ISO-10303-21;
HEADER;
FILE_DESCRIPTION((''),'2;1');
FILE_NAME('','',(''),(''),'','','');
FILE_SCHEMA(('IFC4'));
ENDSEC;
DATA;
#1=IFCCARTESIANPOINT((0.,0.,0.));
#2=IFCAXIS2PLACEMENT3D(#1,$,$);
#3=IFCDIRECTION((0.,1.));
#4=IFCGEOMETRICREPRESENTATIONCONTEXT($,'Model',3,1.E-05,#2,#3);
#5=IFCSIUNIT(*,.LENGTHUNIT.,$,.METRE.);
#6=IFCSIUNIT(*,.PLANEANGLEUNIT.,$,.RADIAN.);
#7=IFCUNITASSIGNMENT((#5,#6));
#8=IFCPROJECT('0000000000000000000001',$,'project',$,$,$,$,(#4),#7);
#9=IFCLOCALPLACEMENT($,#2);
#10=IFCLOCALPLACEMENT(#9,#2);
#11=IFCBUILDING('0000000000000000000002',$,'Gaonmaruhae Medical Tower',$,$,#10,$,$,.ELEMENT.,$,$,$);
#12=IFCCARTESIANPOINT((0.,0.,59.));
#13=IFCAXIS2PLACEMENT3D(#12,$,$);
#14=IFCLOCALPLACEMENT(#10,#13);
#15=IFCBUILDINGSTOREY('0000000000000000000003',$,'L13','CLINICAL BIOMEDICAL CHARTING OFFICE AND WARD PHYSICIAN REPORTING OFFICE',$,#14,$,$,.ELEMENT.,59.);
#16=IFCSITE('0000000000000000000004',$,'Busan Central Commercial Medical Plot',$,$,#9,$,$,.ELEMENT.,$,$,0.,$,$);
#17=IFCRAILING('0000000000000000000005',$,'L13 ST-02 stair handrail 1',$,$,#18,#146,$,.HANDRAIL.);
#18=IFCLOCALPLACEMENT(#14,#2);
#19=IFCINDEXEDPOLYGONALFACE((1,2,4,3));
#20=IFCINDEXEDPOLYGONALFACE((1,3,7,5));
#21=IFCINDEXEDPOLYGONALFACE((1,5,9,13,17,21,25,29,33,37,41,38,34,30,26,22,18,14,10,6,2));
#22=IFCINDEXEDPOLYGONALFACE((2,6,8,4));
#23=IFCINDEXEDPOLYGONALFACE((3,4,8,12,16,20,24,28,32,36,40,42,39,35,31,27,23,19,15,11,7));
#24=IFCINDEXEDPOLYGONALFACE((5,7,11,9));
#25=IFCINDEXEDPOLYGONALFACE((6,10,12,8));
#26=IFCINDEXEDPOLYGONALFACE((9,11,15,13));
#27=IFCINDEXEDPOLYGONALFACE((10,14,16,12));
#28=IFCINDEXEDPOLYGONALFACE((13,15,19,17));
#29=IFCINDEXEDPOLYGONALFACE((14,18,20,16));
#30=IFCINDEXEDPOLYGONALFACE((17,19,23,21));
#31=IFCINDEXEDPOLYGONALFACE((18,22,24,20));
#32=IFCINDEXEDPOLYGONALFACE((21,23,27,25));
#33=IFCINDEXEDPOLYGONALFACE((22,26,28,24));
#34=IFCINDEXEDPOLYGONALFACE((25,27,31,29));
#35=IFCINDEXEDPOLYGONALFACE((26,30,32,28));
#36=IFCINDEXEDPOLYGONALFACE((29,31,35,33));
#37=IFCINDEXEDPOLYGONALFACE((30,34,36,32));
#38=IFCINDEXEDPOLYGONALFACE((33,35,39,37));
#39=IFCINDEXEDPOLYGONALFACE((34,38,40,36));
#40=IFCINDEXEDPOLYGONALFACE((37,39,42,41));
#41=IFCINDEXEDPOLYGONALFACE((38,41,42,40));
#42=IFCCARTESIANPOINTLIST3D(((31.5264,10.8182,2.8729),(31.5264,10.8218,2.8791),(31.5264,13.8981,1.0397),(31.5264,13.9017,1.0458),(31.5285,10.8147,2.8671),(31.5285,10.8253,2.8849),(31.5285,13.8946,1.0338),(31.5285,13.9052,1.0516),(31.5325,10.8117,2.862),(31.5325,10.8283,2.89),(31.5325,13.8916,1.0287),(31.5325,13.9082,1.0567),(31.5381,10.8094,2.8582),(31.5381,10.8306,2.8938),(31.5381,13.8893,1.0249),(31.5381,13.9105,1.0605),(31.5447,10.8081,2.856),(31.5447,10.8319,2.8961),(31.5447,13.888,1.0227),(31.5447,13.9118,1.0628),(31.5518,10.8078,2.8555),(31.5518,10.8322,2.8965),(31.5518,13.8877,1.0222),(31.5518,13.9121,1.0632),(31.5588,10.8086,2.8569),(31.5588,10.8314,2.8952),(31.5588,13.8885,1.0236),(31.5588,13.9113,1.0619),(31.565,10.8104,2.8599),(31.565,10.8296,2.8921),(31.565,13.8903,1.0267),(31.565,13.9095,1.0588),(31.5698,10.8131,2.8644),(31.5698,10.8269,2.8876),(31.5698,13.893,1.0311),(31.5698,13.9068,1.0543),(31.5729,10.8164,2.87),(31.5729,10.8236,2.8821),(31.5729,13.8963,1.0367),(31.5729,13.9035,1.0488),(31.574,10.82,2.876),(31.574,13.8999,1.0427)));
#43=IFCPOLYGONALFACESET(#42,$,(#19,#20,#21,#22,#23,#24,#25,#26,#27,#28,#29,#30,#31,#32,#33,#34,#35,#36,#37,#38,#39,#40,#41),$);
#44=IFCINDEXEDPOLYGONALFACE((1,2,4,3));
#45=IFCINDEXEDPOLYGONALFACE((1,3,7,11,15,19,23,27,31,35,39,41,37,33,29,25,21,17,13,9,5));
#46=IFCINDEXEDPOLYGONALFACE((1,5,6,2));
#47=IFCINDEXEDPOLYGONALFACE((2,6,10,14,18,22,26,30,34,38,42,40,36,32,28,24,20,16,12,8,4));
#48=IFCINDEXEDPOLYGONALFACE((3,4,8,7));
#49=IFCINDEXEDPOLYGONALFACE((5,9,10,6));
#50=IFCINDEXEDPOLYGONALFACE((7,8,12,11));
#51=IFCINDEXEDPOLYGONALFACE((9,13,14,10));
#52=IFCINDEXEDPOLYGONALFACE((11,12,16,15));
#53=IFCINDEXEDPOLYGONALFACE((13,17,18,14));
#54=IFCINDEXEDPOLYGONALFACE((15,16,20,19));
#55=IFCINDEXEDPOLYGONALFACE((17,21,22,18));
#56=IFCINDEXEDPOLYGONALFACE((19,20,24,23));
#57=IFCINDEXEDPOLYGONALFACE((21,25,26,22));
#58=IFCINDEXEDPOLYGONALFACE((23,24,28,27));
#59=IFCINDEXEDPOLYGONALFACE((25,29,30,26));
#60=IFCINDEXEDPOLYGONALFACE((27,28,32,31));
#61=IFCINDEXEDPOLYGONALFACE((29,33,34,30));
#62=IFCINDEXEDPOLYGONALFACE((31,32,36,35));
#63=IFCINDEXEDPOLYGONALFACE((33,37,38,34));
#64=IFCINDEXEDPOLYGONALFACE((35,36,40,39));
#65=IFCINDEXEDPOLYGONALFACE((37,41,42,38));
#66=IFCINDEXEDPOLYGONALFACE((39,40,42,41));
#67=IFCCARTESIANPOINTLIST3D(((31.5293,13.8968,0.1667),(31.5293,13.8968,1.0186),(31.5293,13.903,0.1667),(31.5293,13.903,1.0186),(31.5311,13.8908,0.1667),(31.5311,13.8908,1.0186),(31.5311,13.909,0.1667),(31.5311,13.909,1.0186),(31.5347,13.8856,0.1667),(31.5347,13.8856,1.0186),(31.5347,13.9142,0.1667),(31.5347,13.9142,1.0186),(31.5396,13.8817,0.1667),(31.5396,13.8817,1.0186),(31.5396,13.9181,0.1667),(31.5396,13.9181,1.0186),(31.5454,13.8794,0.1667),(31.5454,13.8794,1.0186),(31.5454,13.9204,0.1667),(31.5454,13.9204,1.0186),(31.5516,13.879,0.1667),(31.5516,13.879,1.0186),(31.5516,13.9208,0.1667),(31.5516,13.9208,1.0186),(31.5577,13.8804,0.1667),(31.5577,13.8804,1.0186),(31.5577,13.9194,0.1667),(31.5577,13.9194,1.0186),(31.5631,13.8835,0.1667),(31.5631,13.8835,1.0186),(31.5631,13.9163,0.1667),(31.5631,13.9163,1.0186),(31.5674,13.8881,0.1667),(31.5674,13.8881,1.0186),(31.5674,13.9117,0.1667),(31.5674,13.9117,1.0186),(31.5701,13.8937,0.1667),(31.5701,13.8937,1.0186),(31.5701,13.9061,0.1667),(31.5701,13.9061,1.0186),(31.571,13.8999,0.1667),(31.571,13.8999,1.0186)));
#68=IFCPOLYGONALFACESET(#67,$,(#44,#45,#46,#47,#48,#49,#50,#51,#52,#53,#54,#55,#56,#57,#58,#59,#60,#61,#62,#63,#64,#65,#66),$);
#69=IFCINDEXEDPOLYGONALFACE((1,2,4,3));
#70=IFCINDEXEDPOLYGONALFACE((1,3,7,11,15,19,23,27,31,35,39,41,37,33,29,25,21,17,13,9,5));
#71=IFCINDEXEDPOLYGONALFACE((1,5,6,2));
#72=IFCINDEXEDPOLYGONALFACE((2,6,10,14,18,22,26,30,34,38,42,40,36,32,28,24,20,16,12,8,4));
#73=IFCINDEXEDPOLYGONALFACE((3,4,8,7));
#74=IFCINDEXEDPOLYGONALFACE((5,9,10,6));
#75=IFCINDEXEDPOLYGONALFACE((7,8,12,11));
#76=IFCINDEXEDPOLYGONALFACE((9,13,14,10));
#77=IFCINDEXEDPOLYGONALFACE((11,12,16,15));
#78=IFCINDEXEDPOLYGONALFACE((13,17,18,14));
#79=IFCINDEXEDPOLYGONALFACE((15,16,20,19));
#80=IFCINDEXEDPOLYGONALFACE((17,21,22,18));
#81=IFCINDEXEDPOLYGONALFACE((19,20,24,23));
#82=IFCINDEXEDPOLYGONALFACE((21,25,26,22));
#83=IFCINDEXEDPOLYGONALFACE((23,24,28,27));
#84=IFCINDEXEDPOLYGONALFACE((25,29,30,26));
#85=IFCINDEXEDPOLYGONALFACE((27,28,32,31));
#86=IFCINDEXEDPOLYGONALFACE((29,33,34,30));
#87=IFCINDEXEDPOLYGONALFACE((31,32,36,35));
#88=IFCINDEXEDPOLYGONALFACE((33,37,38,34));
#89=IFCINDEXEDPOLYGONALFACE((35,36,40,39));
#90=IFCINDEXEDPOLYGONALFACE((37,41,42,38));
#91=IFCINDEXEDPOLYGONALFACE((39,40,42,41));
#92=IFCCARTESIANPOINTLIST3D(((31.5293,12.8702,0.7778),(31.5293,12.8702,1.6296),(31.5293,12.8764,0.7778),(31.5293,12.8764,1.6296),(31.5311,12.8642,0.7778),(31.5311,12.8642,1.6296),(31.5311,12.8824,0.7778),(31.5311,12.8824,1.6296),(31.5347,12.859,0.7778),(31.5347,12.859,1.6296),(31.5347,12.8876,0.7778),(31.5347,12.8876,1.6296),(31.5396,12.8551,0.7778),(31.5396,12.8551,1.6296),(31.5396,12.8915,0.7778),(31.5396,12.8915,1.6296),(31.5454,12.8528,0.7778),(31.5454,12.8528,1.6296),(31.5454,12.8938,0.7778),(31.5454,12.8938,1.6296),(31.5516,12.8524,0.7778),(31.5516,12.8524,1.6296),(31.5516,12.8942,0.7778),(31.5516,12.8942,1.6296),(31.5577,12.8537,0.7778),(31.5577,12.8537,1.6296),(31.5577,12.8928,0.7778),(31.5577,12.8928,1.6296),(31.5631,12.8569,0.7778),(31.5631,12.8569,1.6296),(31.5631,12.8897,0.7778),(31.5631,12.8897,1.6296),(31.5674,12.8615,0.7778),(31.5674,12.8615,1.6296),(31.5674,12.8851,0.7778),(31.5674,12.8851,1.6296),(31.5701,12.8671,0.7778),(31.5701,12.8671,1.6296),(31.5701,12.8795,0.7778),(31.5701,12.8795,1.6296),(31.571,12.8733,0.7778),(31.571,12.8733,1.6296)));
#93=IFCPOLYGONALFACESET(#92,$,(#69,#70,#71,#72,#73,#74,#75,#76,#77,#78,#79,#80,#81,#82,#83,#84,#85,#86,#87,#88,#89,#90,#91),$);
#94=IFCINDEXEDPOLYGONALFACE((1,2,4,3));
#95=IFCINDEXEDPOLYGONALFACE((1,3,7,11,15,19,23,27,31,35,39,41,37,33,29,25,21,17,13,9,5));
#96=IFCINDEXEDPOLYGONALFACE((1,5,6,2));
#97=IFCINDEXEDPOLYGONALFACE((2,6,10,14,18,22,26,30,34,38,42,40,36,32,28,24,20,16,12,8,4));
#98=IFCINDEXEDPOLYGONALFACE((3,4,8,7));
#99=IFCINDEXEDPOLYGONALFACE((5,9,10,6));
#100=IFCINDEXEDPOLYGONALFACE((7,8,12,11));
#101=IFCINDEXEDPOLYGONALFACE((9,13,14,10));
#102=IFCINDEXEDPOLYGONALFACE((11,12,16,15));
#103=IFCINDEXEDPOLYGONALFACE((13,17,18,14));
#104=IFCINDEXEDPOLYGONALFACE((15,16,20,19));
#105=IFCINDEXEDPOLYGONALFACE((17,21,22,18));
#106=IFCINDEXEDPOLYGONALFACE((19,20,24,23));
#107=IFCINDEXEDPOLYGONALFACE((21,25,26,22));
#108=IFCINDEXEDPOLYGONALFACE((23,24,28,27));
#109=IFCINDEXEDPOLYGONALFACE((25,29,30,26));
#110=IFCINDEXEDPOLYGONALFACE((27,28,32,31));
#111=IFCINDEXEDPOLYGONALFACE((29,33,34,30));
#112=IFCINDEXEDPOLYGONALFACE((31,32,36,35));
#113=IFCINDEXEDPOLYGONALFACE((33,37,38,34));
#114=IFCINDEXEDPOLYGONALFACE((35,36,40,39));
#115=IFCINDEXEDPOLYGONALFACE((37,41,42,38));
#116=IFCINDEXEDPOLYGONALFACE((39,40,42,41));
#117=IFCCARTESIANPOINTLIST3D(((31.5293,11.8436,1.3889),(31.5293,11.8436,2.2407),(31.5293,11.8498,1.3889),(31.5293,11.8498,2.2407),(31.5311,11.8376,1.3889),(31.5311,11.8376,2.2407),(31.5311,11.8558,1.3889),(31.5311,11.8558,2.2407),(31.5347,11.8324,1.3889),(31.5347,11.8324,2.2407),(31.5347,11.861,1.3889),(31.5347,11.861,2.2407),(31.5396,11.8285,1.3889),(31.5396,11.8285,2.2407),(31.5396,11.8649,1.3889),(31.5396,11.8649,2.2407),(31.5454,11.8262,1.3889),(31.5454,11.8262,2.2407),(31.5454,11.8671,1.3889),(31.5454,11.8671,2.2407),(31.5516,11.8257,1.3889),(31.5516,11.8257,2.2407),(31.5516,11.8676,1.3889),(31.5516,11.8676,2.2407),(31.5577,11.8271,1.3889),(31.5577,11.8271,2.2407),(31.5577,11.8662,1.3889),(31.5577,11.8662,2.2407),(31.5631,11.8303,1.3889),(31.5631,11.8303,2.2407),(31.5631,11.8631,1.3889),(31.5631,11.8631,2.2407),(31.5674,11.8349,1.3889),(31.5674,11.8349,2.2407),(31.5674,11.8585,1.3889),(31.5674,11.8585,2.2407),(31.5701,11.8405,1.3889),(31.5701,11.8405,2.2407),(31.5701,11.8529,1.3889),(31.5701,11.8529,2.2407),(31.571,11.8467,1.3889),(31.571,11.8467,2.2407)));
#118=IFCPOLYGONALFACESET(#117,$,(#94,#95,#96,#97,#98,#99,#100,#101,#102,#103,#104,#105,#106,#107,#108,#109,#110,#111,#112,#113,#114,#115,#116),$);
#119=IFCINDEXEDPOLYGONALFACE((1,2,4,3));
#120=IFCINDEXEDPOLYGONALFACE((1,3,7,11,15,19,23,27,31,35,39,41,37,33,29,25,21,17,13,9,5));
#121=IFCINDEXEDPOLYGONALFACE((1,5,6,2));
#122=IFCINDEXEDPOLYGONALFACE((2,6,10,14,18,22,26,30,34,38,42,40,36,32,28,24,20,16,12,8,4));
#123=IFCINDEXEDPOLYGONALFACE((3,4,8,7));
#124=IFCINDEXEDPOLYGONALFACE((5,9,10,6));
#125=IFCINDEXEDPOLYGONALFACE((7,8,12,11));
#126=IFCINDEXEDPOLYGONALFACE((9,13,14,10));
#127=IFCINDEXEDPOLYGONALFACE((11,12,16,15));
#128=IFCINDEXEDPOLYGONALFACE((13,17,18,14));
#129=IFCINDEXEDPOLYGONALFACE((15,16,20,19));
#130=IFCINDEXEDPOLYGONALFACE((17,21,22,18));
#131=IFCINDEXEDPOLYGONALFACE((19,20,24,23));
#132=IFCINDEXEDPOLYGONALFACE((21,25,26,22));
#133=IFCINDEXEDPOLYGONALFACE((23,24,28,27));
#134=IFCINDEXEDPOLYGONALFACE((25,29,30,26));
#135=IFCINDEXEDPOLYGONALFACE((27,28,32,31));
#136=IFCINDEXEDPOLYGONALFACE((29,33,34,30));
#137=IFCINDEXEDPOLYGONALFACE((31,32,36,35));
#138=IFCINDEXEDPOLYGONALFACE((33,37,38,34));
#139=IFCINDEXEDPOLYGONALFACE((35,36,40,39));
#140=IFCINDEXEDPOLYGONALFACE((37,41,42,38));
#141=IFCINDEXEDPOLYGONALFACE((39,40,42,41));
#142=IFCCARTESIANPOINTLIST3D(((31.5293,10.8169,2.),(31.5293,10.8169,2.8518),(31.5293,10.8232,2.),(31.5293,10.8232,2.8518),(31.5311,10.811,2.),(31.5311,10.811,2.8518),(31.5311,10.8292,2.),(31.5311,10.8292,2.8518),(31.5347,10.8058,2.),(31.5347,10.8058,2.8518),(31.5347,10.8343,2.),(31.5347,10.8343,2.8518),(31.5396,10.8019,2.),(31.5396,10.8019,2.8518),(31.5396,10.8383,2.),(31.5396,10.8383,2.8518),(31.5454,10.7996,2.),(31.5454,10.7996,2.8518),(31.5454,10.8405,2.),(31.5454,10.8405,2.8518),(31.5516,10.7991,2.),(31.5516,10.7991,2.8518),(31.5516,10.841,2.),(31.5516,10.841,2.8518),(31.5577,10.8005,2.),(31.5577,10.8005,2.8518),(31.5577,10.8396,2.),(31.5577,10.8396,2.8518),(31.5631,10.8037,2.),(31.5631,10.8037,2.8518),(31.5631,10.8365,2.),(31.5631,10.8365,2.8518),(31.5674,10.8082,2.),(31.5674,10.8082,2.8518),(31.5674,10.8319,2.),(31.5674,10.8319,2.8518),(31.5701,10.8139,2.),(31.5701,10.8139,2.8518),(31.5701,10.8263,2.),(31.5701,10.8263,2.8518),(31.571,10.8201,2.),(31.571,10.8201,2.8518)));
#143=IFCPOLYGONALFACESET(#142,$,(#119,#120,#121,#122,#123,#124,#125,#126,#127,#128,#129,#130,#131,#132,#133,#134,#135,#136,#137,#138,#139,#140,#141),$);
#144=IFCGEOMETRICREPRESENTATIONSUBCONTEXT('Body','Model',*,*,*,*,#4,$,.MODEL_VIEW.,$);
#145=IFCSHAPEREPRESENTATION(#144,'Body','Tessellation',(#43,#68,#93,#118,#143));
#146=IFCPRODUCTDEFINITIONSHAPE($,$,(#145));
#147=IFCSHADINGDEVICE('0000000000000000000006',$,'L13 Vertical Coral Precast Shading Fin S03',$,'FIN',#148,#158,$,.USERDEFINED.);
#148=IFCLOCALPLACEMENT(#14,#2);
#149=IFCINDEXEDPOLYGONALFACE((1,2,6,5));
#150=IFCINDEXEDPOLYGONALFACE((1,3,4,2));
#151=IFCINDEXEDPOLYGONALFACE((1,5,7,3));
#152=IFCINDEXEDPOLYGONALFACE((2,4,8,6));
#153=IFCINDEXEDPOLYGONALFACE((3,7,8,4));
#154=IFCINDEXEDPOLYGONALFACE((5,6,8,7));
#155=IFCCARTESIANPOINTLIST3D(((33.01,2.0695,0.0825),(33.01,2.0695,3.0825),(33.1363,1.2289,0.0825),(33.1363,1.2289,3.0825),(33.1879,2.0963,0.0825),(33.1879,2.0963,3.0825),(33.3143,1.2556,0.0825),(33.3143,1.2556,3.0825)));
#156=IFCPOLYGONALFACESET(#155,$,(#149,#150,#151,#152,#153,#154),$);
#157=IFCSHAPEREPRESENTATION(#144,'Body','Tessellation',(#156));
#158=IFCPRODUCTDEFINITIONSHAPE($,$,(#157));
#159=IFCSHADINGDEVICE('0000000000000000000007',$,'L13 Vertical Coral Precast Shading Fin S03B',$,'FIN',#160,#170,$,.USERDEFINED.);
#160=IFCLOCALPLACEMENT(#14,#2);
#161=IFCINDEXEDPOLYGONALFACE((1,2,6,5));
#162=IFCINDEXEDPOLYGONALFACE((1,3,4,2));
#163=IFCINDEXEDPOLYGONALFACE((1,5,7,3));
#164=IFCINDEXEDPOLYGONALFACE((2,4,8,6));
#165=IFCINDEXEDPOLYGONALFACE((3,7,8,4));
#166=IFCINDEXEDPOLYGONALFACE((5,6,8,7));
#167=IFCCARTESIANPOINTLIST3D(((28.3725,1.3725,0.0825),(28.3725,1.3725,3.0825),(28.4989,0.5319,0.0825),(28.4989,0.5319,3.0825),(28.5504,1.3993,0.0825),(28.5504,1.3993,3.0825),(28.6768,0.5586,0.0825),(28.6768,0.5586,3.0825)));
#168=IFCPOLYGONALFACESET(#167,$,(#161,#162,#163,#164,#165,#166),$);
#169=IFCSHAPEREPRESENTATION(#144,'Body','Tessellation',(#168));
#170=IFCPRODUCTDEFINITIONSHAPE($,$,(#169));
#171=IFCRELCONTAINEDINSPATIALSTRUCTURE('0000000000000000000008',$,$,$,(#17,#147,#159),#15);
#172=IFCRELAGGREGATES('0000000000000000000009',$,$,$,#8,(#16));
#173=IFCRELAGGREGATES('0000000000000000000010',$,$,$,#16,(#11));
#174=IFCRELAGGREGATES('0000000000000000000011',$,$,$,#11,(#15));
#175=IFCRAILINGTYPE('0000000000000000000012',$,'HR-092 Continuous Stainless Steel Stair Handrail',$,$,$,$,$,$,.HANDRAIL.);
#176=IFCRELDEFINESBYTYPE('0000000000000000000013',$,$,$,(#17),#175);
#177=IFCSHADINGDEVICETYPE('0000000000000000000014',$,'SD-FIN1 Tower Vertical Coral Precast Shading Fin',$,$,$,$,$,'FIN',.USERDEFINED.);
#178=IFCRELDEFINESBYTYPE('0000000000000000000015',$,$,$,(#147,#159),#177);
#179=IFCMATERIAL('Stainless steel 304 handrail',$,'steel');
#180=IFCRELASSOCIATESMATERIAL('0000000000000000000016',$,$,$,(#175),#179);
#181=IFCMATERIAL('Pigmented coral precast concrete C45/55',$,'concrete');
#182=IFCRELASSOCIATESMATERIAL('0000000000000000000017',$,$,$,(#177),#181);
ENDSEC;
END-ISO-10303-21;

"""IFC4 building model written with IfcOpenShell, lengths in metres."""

from ifc_helpers import new_model, si_unit, direction, frame, origin, origin_2d, place, context, subcontext, project, spatial, rectangle, circle, extrude, material, type_object, element, save


model = new_model("IFC4")

# Units and contexts
model_context = context("Model", 3, precision=1e-05, world=origin(), true_north=direction((0.0, 1.0)))
body_context = subcontext(model_context, "Body", "Model", "MODEL_VIEW")
ifc_project = project(units=[si_unit("LENGTHUNIT", "METRE"), si_unit("PLANEANGLEUNIT", "RADIAN")], contexts=[model_context])

# Site, building, storey
site_placement = place(None, origin())
site = spatial("IfcSite", under=ifc_project, at=site_placement, Name="Busan Central Commercial Medical Plot", CompositionType="ELEMENT", RefElevation=0.0)
building_placement = place(site_placement, origin())
building = spatial("IfcBuilding", under=site, at=building_placement, Name="Gaonmaruhae Medical Tower", CompositionType="ELEMENT")
storey_placement = place(building_placement, frame((0.0, 0.0, 59.0)))
storey = spatial("IfcBuildingStorey", under=building, at=storey_placement, Name="L13", Description="CLINICAL BIOMEDICAL CHARTING OFFICE AND WARD PHYSICIAN REPORTING OFFICE", CompositionType="ELEMENT", Elevation=59.0)

# Railing
ifc_material_1 = material(Name="Stainless steel 304 handrail", Category="steel")
railing_type_1 = type_object("IfcRailingType", Name="HR-092 Continuous Stainless Steel Stair Handrail", PredefinedType="HANDRAIL", material=ifc_material_1)
railing_1_placement = place(storey_placement, frame((31.55, 13.8999, 0.1667)))
element("IfcRailing", 1, at=railing_1_placement, inside=storey, type_object=railing_type_1, Name="L13 ST-02 stair handrail 1", PredefinedType="HANDRAIL", context=body_context, shape_type="SweptSolid", body=[
    extrude(circle(Radius=0.0239, at=origin_2d()), frame((0.0, 0.0, 0.876), z_axis=(0.0, -0.859291, 0.511487), x_axis=(1.0, 0.0, 0.0)), (0.0, 0.0, 1.0), 3.5842),
    extrude(circle(Radius=0.021, at=origin_2d()), origin(), (0.0, 0.0, 1.0), 0.8518),
    extrude(circle(Radius=0.021, at=origin_2d()), frame((0.0, -1.0266, 0.6111)), (0.0, 0.0, 1.0), 0.8518),
    extrude(circle(Radius=0.021, at=origin_2d()), frame((0.0, -2.0532, 1.2222)), (0.0, 0.0, 1.0), 0.8518),
    extrude(circle(Radius=0.021, at=origin_2d()), frame((0.0, -3.0798, 1.8333)), (0.0, 0.0, 1.0), 0.8518),
])

# Shading devices
ifc_material_2 = material(Name="Pigmented coral precast concrete C45/55", Category="concrete")
shading_device_type = type_object("IfcShadingDeviceType", Name="SD-FIN1 Tower Vertical Coral Precast Shading Fin", ElementType="FIN", PredefinedType="USERDEFINED", material=ifc_material_2)
for number, where, z_axis, x_axis, name in (
    (2, (33.1621, 1.6626, 0.0825), (0.0, 0.0, 1.0), (-0.988886, -0.148672, 0.0), "L13 Vertical Coral Precast Shading Fin S03"),
    (3, (28.5247, 0.9656, 0.0825), (0.0, 0.0, 1.0), (-0.988886, -0.148672, 0.0), "L13 Vertical Coral Precast Shading Fin S03B"),
):
    element("IfcShadingDevice", number, at=place(storey_placement, frame(where, z_axis=z_axis, x_axis=x_axis)), inside=storey, type_object=shading_device_type, Name=name, ObjectType="FIN", PredefinedType="USERDEFINED", context=body_context, shape_type="SweptSolid", body=[
        extrude(rectangle(XDim=0.1799, YDim=0.8501, at=origin_2d()), origin(), (0.0, 0.0, 1.0), 3.0),
    ])

save(model, "model.ifc")
